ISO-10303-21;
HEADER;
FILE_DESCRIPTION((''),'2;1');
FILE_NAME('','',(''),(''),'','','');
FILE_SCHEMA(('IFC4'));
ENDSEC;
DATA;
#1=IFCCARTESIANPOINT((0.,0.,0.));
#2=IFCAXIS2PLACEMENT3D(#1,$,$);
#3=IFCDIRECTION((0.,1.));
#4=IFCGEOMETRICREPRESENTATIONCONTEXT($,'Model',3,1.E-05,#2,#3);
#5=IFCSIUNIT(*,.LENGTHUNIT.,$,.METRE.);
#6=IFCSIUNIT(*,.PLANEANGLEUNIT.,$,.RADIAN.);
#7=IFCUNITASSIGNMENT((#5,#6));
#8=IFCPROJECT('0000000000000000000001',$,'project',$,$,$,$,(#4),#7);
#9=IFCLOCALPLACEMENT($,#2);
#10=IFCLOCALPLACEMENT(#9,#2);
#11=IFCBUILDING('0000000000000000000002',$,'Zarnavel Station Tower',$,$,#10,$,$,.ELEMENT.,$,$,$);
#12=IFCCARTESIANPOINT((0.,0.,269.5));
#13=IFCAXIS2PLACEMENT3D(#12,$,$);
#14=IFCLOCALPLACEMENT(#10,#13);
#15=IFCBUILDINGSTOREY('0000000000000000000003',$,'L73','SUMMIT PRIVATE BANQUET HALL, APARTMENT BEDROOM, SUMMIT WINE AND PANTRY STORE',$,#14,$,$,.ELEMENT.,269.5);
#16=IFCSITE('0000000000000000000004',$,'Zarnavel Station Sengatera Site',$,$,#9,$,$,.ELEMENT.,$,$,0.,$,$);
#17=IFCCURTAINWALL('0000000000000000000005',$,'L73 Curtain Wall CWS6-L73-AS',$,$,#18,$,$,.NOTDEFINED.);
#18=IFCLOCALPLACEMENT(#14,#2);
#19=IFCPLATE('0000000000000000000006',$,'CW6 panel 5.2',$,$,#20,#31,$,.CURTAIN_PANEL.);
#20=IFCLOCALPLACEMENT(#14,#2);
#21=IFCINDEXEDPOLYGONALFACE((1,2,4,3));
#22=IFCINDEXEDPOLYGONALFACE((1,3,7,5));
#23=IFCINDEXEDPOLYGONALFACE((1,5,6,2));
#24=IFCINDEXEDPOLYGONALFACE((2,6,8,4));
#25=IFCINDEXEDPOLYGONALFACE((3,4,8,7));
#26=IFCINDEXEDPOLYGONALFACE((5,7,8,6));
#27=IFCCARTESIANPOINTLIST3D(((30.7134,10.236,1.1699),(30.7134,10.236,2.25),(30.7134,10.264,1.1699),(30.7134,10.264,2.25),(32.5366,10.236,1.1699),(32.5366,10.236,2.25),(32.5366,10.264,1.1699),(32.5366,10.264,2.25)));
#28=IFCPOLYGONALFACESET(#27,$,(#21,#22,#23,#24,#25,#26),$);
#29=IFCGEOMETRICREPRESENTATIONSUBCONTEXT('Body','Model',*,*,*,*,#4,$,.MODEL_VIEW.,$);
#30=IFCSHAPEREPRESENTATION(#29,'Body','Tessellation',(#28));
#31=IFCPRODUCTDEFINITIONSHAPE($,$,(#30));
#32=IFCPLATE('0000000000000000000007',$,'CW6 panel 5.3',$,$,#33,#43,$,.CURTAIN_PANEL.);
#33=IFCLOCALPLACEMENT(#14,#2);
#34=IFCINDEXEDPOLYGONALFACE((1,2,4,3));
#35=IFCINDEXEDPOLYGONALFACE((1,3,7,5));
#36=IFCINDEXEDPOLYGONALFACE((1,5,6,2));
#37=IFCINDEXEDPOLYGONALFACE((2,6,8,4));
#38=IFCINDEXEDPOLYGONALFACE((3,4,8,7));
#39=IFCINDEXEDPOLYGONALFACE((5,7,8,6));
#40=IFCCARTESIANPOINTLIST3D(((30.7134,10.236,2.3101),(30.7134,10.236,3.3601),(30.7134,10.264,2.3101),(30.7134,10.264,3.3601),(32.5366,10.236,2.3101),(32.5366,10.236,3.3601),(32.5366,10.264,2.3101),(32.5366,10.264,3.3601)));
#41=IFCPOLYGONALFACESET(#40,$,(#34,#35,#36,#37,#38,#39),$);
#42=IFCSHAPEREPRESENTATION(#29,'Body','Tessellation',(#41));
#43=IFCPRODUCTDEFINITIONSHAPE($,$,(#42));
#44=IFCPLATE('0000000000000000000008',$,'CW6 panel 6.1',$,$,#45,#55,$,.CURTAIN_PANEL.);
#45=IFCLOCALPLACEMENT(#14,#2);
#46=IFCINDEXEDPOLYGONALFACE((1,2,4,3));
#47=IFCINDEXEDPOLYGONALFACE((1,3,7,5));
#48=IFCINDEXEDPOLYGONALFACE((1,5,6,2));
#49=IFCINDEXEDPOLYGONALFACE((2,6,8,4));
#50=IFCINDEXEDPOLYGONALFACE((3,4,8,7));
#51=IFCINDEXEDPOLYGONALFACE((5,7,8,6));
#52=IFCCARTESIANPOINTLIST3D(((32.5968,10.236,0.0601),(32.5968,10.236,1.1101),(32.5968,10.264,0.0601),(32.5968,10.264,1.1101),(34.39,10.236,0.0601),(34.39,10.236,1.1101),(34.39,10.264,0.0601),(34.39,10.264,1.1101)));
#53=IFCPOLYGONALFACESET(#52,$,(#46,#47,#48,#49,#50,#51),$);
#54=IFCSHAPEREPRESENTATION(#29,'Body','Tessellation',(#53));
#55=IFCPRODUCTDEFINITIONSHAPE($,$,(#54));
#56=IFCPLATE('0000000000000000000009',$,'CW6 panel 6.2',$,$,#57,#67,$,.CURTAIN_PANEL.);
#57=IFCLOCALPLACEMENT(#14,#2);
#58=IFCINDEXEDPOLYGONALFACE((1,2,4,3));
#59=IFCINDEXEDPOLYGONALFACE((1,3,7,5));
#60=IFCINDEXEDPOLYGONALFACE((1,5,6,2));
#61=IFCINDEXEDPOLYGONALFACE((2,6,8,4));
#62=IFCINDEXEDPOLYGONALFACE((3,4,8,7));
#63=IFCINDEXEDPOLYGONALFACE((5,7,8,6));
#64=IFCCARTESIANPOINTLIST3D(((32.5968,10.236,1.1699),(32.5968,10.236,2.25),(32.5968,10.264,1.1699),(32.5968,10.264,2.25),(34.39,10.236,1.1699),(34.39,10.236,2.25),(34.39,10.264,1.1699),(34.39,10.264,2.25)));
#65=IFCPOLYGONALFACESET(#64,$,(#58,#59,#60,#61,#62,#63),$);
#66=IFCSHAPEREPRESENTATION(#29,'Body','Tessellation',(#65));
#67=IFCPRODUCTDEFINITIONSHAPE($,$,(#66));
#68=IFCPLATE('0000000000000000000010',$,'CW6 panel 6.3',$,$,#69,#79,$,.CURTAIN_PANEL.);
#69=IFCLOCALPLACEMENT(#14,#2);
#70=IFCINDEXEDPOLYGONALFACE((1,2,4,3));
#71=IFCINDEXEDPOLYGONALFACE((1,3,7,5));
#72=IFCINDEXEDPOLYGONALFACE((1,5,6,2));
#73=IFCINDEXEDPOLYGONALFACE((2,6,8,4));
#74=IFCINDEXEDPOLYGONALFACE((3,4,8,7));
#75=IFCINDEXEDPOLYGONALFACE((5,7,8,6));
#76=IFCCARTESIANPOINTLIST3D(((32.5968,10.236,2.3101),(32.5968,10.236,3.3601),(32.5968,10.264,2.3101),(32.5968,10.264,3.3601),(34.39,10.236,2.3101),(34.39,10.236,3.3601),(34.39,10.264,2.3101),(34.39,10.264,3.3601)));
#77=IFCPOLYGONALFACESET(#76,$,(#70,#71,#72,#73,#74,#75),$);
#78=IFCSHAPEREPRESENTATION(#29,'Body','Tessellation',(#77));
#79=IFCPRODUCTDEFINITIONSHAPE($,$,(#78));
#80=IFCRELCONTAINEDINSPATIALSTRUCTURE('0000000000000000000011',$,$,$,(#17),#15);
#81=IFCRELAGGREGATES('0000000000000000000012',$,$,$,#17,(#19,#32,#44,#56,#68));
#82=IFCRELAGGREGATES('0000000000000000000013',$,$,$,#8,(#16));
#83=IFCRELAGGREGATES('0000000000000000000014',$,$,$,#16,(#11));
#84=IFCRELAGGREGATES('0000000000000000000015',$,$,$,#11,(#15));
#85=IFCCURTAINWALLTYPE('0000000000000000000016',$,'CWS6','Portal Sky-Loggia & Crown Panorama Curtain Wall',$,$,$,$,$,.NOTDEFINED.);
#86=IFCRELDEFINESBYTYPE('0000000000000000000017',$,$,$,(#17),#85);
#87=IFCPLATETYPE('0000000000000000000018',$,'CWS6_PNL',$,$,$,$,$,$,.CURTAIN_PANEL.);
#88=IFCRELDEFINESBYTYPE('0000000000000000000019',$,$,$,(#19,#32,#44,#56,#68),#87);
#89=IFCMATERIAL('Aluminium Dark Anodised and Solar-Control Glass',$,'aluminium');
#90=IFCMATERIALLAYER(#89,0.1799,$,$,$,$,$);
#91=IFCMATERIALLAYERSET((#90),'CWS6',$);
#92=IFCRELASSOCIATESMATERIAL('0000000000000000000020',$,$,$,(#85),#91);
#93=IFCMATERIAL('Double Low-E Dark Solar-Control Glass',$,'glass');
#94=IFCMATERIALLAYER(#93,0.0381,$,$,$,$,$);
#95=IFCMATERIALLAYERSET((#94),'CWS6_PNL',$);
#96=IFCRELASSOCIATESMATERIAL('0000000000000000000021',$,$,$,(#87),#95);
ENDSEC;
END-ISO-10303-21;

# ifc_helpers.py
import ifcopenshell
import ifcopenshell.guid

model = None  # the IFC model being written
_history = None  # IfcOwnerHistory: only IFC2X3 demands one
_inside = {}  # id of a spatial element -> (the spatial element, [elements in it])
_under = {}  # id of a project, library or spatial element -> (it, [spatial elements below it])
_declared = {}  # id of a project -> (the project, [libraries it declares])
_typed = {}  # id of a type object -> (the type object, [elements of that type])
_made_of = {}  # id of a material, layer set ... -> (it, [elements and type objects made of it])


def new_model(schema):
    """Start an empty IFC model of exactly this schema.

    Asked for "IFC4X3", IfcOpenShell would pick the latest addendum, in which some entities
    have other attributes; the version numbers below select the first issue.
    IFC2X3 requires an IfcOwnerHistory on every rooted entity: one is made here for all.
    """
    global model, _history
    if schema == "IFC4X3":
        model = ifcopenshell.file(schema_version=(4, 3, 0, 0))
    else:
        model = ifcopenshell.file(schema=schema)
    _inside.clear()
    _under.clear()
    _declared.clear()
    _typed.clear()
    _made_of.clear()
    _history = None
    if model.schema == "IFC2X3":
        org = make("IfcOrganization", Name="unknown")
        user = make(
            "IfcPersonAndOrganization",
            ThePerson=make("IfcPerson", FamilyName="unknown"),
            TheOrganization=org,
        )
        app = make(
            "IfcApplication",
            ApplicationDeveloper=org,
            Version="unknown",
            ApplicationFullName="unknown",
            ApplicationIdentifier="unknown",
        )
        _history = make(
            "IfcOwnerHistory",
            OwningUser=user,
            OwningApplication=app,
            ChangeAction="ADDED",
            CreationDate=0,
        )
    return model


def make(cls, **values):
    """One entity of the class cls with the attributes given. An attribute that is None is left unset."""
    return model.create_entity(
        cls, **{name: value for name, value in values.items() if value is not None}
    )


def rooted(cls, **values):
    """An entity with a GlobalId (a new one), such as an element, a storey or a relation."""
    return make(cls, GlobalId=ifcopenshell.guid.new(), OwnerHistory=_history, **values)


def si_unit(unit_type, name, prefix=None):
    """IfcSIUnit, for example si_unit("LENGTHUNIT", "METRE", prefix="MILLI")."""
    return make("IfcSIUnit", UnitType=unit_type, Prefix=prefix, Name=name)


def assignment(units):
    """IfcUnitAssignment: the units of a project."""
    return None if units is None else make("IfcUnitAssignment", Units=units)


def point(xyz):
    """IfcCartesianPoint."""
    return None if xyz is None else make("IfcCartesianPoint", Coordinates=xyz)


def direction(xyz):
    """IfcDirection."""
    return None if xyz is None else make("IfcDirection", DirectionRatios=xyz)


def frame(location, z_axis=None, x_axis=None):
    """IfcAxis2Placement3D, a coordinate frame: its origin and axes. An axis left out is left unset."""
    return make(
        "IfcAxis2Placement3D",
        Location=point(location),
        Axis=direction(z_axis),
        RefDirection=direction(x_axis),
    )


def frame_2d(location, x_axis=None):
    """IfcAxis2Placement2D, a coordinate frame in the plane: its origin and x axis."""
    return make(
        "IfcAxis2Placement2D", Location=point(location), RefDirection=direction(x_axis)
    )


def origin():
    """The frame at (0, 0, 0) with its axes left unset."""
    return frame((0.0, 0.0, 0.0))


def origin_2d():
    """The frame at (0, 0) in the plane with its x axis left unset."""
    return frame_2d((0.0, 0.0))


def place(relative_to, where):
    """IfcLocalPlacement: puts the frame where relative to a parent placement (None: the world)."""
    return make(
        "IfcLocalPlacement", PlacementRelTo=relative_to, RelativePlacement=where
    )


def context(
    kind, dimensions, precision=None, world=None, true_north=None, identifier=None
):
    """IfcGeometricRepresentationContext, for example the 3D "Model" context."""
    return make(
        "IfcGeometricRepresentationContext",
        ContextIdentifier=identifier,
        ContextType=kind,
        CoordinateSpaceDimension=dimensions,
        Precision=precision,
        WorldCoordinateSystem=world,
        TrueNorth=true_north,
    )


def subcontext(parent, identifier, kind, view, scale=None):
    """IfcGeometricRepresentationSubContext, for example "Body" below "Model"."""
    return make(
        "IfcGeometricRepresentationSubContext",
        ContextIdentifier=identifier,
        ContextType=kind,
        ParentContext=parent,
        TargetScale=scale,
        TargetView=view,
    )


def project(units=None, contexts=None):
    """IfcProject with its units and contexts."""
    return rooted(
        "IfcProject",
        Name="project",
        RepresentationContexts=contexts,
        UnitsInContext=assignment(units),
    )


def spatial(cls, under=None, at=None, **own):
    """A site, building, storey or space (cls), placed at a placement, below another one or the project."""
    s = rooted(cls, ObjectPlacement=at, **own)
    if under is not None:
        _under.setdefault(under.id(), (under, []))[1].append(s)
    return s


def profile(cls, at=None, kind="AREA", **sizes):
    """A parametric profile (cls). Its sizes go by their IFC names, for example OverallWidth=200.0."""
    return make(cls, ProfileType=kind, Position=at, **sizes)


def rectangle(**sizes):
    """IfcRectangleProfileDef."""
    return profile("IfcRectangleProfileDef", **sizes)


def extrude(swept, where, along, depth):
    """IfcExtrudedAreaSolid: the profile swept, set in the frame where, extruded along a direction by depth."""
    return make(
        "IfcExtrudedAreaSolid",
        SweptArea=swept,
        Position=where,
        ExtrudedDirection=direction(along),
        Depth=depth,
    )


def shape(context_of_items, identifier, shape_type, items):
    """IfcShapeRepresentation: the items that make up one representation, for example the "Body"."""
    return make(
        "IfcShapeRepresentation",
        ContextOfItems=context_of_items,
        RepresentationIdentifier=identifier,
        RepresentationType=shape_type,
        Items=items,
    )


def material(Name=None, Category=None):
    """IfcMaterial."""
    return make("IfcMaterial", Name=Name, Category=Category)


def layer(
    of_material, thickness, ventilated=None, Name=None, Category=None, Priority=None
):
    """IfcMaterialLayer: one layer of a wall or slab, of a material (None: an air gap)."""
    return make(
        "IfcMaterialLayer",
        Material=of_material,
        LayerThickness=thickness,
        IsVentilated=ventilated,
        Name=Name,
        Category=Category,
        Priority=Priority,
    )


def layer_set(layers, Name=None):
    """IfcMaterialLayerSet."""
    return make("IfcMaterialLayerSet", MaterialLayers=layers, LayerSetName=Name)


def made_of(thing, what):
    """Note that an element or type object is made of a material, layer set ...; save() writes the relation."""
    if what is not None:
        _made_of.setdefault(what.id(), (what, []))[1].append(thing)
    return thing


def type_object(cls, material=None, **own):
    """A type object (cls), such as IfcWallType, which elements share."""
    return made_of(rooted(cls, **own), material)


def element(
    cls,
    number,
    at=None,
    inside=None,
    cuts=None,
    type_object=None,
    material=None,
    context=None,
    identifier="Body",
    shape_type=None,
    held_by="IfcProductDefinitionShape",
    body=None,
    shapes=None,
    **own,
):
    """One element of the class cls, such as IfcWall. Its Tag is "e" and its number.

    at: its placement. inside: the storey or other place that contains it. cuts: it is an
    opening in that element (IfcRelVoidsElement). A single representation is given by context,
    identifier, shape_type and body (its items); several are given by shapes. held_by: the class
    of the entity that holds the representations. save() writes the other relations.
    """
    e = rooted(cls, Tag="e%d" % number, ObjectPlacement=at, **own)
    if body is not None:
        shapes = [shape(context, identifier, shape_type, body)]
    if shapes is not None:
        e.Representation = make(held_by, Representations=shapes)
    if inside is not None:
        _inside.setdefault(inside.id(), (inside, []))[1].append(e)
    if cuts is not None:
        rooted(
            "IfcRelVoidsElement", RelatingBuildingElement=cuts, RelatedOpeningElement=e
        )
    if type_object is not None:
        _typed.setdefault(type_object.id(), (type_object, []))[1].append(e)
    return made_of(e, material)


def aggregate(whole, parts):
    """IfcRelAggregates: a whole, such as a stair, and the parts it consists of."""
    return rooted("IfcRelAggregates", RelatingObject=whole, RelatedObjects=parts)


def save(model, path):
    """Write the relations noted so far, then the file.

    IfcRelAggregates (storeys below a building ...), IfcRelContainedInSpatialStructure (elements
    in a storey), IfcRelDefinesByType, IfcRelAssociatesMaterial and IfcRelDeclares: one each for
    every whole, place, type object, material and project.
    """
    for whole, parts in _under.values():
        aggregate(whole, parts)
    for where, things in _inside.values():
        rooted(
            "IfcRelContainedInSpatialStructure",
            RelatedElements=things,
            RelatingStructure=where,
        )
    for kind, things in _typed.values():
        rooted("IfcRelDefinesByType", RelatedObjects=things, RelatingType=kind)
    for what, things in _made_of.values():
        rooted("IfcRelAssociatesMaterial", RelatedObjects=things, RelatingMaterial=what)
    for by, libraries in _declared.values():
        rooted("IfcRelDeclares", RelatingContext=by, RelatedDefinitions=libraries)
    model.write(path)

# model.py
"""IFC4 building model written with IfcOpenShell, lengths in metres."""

from ifc_helpers import new_model, si_unit, direction, frame, origin, origin_2d, place, context, subcontext, project, spatial, rectangle, extrude, material, layer, layer_set, type_object, element, aggregate, save


model = new_model("IFC4")

# Units and contexts
model_context = context("Model", 3, precision=1e-05, world=origin(), true_north=direction((0.0, 1.0)))
body_context = subcontext(model_context, "Body", "Model", "MODEL_VIEW")
ifc_project = project(units=[si_unit("LENGTHUNIT", "METRE"), si_unit("PLANEANGLEUNIT", "RADIAN")], contexts=[model_context])

# Site, building, storey
site_placement = place(None, origin())
site = spatial("IfcSite", under=ifc_project, at=site_placement, Name="Zarnavel Station Sengatera Site", CompositionType="ELEMENT", RefElevation=0.0)
building_placement = place(site_placement, origin())
building = spatial("IfcBuilding", under=site, at=building_placement, Name="Zarnavel Station Tower", CompositionType="ELEMENT")
storey_placement = place(building_placement, frame((0.0, 0.0, 269.5)))
storey = spatial("IfcBuildingStorey", under=building, at=storey_placement, Name="L73", Description="SUMMIT PRIVATE BANQUET HALL, APARTMENT BEDROOM, SUMMIT WINE AND PANTRY STORE", CompositionType="ELEMENT", Elevation=269.5)

# Curtain wall
ifc_material_1 = material(Name="Aluminium Dark Anodised and Solar-Control Glass", Category="aluminium")
ifc_layer_1 = layer(ifc_material_1, 0.1799)
ifc_layer_set_1 = layer_set([ifc_layer_1], Name="CWS6")
curtain_wall_type = type_object("IfcCurtainWallType", Name="CWS6", Description="Portal Sky-Loggia & Crown Panorama Curtain Wall", PredefinedType="NOTDEFINED", material=ifc_layer_set_1)
curtain_wall_placement = place(storey_placement, origin())
curtain_wall = element("IfcCurtainWall", 1, at=curtain_wall_placement, inside=storey, type_object=curtain_wall_type, Name="L73 Curtain Wall CWS6-L73-AS", PredefinedType="NOTDEFINED")

# Plates
ifc_material_2 = material(Name="Double Low-E Dark Solar-Control Glass", Category="glass")
ifc_layer_2 = layer(ifc_material_2, 0.0381)
ifc_layer_set_2 = layer_set([ifc_layer_2], Name="CWS6_PNL")
plate_type = type_object("IfcPlateType", Name="CWS6_PNL", PredefinedType="CURTAIN_PANEL", material=ifc_layer_set_2)
plate_1_placement = place(storey_placement, frame((31.625, 10.25, 1.1699), z_axis=(0.0, 0.0, 1.0), x_axis=(1.0, 0.0, 0.0)))
plate_1 = element("IfcPlate", 2, at=plate_1_placement, type_object=plate_type, Name="CW6 panel 5.2", PredefinedType="CURTAIN_PANEL", context=body_context, shape_type="SweptSolid", body=[
    extrude(rectangle(XDim=1.8232, YDim=0.0281, at=origin_2d()), origin(), (0.0, 0.0, 1.0), 1.0801),
])
plate_2_placement = place(storey_placement, frame((31.625, 10.25, 2.3101), z_axis=(0.0, 0.0, 1.0), x_axis=(1.0, 0.0, 0.0)))
plate_2 = element("IfcPlate", 3, at=plate_2_placement, type_object=plate_type, Name="CW6 panel 5.3", PredefinedType="CURTAIN_PANEL", context=body_context, shape_type="SweptSolid", body=[
    extrude(rectangle(XDim=1.8232, YDim=0.0281, at=origin_2d()), origin(), (0.0, 0.0, 1.0), 1.05),
])
plate_3_placement = place(storey_placement, frame((33.4934, 10.25, 0.0601), z_axis=(0.0, 0.0, 1.0), x_axis=(1.0, 0.0, 0.0)))
plate_3 = element("IfcPlate", 4, at=plate_3_placement, type_object=plate_type, Name="CW6 panel 6.1", PredefinedType="CURTAIN_PANEL", context=body_context, shape_type="SweptSolid", body=[
    extrude(rectangle(XDim=1.7932, YDim=0.0281, at=origin_2d()), origin(), (0.0, 0.0, 1.0), 1.05),
])
plate_4_placement = place(storey_placement, frame((33.4934, 10.25, 1.1699), z_axis=(0.0, 0.0, 1.0), x_axis=(1.0, 0.0, 0.0)))
plate_4 = element("IfcPlate", 5, at=plate_4_placement, type_object=plate_type, Name="CW6 panel 6.2", PredefinedType="CURTAIN_PANEL", context=body_context, shape_type="SweptSolid", body=[
    extrude(rectangle(XDim=1.7932, YDim=0.0281, at=origin_2d()), origin(), (0.0, 0.0, 1.0), 1.0801),
])
plate_5_placement = place(storey_placement, frame((33.4934, 10.25, 2.3101), z_axis=(0.0, 0.0, 1.0), x_axis=(1.0, 0.0, 0.0)))
plate_5 = element("IfcPlate", 6, at=plate_5_placement, type_object=plate_type, Name="CW6 panel 6.3", PredefinedType="CURTAIN_PANEL", context=body_context, shape_type="SweptSolid", body=[
    extrude(rectangle(XDim=1.7932, YDim=0.0281, at=origin_2d()), origin(), (0.0, 0.0, 1.0), 1.05),
])
aggregate(curtain_wall, [plate_1, plate_2, plate_3, plate_4, plate_5])

save(model, "model.ifc")
